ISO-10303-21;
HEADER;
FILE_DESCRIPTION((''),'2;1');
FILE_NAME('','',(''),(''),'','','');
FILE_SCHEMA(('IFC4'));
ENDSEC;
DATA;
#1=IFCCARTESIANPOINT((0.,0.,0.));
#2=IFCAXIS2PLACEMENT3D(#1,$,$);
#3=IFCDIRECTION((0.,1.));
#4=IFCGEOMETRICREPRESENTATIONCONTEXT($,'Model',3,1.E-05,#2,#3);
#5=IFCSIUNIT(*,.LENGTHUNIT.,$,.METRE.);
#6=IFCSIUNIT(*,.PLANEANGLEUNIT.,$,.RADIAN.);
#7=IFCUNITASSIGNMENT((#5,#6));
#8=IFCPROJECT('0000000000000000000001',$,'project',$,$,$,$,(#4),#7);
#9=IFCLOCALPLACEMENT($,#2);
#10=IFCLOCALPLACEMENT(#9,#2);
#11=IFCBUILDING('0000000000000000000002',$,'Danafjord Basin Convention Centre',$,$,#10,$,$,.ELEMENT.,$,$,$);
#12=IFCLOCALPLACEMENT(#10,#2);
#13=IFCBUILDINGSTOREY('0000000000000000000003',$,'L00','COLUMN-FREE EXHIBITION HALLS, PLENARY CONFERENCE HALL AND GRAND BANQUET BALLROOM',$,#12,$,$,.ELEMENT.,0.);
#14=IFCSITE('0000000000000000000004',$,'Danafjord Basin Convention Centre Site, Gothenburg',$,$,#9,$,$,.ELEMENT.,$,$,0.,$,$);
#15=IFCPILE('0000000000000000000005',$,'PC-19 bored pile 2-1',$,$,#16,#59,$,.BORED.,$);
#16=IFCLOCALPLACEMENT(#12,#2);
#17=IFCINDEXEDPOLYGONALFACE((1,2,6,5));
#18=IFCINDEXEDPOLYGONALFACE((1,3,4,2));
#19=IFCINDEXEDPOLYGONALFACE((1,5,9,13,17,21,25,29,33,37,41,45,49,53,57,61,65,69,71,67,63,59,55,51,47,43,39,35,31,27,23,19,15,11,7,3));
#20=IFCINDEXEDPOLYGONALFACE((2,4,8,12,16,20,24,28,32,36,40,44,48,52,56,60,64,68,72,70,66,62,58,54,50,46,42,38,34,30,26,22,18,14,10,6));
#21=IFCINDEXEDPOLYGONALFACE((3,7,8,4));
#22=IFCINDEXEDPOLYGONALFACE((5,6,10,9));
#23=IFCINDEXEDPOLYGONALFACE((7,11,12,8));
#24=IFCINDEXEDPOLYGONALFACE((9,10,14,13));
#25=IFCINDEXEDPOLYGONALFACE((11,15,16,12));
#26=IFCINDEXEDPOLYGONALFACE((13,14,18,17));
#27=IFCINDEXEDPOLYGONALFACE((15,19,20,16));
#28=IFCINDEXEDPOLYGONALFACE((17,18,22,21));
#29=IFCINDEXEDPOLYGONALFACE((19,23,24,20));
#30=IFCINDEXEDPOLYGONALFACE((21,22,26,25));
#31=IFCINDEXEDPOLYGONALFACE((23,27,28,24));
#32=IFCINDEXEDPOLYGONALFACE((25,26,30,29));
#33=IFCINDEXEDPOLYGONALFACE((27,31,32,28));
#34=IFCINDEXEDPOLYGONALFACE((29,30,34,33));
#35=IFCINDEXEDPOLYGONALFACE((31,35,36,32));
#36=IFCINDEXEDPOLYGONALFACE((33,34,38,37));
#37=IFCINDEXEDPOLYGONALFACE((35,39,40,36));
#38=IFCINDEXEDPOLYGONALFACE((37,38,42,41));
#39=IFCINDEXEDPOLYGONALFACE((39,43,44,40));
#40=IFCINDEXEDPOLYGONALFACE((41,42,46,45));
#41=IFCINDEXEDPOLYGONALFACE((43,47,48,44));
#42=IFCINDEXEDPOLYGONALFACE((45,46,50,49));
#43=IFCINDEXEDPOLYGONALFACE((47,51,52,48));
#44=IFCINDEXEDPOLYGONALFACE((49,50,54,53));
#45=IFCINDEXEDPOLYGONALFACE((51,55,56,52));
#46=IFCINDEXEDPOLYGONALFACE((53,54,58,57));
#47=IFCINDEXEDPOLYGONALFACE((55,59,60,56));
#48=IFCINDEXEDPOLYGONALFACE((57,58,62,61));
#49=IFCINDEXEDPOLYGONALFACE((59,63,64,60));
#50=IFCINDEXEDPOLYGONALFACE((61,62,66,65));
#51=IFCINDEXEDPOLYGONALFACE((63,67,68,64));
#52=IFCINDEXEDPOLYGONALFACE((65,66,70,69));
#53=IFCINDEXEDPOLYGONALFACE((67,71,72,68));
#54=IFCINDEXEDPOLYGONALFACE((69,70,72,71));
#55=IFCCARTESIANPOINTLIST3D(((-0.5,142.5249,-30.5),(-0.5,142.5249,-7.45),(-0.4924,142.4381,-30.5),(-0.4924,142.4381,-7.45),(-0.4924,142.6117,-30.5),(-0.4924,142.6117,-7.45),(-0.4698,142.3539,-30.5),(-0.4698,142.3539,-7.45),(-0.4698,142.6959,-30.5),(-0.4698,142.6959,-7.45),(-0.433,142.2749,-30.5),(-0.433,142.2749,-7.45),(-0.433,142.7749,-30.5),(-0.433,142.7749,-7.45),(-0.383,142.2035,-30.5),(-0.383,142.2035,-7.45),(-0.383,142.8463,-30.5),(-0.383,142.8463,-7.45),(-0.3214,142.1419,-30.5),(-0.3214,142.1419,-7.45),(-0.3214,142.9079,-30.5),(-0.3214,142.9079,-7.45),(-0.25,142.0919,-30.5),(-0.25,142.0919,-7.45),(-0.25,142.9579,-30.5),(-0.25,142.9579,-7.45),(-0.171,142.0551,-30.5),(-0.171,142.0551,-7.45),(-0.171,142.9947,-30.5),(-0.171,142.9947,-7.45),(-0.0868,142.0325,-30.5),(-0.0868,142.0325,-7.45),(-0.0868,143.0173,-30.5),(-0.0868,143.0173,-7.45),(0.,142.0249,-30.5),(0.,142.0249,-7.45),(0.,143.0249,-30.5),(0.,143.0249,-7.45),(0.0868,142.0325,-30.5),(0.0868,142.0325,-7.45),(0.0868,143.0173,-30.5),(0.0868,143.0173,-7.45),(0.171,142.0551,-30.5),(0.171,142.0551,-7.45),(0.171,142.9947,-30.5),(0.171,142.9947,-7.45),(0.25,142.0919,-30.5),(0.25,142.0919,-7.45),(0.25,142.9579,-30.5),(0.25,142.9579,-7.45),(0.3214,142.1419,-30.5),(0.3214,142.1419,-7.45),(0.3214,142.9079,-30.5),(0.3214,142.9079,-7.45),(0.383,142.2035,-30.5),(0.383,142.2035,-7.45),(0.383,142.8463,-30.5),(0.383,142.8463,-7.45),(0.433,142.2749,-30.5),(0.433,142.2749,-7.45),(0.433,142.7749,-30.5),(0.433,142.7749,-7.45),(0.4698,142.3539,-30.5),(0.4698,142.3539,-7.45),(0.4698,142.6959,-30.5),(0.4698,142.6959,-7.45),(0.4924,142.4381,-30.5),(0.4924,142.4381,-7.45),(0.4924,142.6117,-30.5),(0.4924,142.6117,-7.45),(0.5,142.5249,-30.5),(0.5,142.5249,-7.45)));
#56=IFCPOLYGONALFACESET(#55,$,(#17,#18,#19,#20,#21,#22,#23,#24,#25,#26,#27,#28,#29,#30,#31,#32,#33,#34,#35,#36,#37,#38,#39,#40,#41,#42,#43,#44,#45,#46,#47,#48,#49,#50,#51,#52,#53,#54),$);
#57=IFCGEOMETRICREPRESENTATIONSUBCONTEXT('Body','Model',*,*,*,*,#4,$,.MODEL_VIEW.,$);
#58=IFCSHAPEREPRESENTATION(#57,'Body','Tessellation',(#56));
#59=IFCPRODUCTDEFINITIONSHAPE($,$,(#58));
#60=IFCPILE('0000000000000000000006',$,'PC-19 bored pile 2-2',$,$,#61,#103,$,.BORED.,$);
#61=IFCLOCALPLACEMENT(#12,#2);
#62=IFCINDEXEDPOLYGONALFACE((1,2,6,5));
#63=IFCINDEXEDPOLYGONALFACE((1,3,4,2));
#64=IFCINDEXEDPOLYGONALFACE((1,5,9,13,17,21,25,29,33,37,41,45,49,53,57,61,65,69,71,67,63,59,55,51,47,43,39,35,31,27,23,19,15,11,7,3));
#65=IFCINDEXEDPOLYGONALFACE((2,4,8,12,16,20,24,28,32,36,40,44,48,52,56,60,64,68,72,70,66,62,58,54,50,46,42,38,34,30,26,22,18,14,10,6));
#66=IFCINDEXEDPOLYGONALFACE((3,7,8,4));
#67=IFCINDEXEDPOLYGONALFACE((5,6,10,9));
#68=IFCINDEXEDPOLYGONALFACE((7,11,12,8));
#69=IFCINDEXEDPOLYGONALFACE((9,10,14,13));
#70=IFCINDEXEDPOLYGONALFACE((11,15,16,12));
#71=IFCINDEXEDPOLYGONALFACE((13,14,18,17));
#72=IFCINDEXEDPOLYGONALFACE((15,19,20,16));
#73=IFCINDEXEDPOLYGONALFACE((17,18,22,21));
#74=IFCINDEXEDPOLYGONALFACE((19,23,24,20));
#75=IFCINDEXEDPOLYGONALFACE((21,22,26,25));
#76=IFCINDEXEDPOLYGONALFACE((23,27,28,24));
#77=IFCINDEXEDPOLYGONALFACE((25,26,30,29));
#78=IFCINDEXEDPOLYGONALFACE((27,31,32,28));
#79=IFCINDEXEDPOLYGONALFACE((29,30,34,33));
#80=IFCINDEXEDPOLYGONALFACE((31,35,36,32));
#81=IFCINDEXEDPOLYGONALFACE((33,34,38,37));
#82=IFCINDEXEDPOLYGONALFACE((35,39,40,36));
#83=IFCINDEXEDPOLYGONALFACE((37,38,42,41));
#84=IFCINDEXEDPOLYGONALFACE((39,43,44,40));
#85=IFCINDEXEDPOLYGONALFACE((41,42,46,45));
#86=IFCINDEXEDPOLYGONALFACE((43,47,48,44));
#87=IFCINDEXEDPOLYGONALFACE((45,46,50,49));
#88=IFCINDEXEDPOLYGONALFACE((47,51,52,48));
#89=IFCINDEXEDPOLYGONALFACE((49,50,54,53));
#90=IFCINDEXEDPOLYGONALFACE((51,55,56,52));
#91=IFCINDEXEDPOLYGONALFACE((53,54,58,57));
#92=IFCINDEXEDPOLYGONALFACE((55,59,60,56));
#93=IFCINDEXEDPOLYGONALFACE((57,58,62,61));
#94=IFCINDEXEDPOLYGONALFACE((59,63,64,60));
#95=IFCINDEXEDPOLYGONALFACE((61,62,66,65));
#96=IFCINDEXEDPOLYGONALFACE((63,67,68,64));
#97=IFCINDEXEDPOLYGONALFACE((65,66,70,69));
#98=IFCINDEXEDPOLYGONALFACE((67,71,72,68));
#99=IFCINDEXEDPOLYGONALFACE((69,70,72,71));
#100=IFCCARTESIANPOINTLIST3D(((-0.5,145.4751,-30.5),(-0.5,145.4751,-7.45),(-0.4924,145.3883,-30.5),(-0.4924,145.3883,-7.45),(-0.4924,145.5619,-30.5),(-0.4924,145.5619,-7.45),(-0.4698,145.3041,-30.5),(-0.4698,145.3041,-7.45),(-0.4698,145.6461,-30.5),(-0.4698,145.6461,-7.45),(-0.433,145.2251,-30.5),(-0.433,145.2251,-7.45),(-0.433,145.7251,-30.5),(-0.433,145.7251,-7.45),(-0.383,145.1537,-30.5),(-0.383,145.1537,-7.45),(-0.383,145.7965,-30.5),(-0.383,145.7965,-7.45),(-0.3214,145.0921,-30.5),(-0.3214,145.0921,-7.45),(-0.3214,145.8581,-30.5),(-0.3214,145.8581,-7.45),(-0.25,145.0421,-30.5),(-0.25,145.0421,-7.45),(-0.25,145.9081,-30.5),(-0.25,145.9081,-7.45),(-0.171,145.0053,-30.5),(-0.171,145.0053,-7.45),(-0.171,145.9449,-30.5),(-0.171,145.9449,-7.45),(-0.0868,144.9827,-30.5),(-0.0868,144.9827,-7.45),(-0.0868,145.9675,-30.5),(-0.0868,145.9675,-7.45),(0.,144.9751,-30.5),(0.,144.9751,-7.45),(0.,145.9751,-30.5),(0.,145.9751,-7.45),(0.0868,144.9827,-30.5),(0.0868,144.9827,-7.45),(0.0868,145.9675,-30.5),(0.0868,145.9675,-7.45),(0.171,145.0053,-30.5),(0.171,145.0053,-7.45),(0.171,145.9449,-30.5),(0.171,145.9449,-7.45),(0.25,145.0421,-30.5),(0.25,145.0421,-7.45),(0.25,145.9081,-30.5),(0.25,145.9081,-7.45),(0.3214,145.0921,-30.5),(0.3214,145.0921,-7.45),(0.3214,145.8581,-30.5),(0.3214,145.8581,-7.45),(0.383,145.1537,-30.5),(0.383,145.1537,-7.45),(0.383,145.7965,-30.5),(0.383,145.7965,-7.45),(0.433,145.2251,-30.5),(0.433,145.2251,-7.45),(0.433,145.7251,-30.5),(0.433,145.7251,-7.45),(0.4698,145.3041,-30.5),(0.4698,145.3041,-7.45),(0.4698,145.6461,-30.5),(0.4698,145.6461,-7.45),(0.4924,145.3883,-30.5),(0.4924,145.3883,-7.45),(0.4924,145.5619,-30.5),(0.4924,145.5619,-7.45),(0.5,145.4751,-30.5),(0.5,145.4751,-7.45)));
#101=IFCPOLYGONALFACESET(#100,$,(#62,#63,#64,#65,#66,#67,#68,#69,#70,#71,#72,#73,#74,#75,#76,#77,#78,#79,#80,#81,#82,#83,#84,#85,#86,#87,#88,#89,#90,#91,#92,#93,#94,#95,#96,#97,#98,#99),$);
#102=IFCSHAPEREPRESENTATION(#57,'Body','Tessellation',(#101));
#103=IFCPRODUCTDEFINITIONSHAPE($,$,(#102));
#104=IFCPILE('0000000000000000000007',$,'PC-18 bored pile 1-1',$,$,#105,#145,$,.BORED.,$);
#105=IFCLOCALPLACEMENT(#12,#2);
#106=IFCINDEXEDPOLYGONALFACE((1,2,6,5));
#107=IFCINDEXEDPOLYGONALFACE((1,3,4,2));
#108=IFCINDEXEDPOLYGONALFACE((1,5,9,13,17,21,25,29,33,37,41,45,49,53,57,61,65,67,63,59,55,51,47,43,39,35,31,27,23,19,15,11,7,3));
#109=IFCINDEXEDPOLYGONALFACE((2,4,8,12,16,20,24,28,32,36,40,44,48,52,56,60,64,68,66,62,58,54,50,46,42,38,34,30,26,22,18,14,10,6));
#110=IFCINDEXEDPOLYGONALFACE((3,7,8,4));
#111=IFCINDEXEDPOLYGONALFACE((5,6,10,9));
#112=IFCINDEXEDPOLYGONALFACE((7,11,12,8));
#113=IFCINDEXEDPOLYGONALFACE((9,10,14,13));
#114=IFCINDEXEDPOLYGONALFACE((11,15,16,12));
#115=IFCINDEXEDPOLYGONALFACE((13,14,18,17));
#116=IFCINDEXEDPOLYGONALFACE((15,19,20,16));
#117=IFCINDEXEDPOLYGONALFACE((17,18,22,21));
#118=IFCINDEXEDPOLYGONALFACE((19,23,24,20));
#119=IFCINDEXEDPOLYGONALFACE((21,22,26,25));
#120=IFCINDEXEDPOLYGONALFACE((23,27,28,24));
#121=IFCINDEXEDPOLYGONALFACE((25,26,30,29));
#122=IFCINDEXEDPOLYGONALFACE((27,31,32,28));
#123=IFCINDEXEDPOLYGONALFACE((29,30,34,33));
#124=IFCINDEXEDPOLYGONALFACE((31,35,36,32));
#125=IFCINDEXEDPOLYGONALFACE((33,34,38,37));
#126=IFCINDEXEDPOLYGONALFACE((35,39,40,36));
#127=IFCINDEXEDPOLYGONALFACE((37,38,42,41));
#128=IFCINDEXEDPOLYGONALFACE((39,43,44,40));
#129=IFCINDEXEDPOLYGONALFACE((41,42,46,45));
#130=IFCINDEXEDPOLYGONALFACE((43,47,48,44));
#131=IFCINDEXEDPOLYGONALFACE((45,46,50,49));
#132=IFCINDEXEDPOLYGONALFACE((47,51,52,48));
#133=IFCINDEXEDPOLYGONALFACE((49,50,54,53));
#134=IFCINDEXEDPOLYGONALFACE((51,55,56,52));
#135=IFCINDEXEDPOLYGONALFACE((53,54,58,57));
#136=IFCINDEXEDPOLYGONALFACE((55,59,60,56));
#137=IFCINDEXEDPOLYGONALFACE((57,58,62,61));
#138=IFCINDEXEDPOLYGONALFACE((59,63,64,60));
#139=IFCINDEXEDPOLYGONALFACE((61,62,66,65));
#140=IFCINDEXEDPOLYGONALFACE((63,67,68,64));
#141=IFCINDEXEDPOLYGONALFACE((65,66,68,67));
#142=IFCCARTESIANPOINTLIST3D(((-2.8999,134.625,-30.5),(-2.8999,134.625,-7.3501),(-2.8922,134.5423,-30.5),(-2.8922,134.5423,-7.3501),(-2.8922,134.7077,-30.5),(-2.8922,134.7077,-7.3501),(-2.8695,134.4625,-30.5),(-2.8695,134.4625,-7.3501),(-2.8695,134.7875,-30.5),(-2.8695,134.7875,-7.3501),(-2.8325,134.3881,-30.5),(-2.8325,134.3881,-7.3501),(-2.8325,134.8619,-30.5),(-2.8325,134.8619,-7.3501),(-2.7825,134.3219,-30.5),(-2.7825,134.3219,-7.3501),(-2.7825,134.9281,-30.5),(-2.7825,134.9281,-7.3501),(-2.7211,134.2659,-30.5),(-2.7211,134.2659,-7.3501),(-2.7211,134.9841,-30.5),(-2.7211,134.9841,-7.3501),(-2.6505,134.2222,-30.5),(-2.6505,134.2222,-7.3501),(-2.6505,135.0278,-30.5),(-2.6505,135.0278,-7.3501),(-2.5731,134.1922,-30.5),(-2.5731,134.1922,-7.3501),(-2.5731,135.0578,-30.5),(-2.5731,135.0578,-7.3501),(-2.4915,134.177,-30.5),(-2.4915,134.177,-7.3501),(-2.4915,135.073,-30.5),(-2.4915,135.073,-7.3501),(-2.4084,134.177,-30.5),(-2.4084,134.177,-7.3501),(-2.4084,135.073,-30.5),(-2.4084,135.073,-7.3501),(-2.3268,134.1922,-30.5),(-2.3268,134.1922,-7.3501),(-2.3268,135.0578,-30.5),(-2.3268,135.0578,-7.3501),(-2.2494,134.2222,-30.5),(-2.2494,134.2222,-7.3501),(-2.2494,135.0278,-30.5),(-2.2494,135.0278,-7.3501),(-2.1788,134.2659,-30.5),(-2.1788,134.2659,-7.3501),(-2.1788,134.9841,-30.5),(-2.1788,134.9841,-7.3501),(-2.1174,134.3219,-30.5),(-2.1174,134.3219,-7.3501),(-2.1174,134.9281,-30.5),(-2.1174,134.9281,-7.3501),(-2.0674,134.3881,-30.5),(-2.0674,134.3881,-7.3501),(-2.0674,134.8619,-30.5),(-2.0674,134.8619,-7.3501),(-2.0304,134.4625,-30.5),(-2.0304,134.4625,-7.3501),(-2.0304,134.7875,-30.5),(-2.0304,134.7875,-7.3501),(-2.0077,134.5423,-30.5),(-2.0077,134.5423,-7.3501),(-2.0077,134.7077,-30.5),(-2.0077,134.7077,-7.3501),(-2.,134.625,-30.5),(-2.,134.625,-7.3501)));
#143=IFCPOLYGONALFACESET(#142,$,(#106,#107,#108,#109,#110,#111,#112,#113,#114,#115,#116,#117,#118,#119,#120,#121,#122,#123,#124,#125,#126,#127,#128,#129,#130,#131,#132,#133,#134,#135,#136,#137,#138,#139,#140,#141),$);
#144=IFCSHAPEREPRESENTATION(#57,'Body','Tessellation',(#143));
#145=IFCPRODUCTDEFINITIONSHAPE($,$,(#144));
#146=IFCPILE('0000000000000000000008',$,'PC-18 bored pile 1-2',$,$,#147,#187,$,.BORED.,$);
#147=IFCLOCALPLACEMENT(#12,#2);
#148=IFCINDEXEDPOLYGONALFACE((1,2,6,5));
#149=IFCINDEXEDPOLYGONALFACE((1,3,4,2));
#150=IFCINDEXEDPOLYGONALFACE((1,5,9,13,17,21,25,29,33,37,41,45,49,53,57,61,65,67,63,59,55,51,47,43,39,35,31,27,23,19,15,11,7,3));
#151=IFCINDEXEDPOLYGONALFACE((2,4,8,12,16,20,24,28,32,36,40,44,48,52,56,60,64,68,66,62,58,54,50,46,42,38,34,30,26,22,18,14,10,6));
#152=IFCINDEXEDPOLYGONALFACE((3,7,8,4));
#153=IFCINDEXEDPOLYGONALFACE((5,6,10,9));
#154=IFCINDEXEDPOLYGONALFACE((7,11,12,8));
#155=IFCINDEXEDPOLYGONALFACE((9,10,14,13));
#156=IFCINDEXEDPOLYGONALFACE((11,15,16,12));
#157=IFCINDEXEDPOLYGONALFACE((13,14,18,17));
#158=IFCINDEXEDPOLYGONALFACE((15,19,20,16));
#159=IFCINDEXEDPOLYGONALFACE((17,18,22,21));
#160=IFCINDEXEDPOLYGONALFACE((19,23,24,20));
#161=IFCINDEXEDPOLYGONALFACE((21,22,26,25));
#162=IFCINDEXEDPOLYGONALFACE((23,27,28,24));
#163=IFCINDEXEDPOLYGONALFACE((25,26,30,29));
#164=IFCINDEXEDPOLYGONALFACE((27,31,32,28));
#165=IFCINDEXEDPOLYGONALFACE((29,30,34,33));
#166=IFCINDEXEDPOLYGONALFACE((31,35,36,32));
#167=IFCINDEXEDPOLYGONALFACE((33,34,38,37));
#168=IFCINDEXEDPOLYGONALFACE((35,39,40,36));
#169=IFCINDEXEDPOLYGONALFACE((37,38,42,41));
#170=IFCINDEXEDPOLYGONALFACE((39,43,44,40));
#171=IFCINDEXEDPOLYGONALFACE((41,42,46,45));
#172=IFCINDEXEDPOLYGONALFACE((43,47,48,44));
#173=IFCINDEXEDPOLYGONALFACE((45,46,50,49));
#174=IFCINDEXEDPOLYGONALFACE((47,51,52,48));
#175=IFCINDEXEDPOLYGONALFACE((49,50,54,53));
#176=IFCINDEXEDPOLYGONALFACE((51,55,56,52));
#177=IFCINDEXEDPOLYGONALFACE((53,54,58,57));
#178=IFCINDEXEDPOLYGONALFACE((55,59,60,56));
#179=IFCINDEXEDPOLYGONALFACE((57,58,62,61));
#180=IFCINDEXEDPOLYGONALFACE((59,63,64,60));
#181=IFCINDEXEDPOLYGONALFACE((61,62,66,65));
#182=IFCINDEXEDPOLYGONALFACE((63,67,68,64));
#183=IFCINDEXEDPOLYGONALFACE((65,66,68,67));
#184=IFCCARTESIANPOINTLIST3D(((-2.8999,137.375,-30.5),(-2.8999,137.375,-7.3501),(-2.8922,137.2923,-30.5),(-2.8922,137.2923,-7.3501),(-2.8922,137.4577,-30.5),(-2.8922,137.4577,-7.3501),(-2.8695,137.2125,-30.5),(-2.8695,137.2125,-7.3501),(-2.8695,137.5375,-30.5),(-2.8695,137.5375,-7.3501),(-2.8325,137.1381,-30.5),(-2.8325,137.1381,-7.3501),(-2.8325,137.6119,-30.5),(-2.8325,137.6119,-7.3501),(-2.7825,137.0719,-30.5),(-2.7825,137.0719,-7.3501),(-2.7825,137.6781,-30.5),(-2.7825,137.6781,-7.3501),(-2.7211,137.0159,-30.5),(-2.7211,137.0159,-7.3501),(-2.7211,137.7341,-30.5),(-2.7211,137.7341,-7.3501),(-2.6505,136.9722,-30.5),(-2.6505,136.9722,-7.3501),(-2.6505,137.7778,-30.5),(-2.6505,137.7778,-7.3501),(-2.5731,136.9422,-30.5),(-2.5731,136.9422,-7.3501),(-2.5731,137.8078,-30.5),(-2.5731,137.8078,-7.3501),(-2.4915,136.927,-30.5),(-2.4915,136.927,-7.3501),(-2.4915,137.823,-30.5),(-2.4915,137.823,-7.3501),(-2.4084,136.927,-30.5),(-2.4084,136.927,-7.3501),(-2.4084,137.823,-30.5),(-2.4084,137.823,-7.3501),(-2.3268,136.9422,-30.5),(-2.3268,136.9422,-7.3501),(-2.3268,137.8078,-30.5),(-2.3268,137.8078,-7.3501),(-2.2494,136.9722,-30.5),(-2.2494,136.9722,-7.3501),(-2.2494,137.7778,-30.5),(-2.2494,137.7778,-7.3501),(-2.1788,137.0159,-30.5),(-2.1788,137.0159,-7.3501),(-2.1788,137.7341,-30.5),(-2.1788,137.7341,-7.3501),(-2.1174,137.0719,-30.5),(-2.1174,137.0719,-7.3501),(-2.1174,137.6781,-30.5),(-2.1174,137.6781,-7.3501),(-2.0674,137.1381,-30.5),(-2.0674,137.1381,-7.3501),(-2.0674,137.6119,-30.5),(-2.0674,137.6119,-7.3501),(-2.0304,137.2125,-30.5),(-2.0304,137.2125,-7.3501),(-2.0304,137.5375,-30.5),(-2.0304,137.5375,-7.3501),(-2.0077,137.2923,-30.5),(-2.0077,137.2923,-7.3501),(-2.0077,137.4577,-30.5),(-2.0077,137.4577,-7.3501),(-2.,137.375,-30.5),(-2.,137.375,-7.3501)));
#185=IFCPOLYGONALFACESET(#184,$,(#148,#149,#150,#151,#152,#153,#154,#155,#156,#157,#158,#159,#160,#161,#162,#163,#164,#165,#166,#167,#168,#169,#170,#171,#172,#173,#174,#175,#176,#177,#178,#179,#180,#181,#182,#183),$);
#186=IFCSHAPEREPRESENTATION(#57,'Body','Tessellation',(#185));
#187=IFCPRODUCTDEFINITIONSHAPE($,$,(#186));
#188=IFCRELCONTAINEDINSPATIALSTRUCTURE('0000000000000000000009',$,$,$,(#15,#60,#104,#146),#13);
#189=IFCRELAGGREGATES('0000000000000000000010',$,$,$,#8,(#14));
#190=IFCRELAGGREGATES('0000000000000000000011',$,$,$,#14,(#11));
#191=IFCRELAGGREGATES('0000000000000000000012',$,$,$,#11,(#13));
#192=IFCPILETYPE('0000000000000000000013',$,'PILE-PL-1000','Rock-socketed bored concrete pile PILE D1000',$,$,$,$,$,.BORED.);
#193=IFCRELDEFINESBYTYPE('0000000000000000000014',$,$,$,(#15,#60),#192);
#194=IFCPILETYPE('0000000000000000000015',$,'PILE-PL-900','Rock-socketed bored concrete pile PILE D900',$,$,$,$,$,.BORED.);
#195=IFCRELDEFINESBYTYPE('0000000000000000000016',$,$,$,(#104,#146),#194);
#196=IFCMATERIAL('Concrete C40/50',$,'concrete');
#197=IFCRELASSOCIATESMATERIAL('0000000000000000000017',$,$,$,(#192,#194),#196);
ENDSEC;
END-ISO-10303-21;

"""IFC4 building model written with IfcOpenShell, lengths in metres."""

from ifc_helpers import new_model, si_unit, direction, frame, origin, origin_2d, place, context, subcontext, project, spatial, circle, extrude, material, material_profile, profile_set, type_object, element, save


model = new_model("IFC4")

# Units and contexts
model_context = context("Model", 3, precision=1e-05, world=origin(), true_north=direction((0.0, 1.0)))
body_context = subcontext(model_context, "Body", "Model", "MODEL_VIEW")
ifc_project = project(units=[si_unit("LENGTHUNIT", "METRE"), si_unit("PLANEANGLEUNIT", "RADIAN")], contexts=[model_context])

# Site, building, storey
site_placement = place(None, origin())
site = spatial("IfcSite", under=ifc_project, at=site_placement, Name="Danafjord Basin Convention Centre Site, Gothenburg", CompositionType="ELEMENT", RefElevation=0.0)
building_placement = place(site_placement, origin())
building = spatial("IfcBuilding", under=site, at=building_placement, Name="Danafjord Basin Convention Centre", CompositionType="ELEMENT")
storey_placement = place(building_placement, origin())
storey = spatial("IfcBuildingStorey", under=building, at=storey_placement, Name="L00", Description="COLUMN-FREE EXHIBITION HALLS, PLENARY CONFERENCE HALL AND GRAND BANQUET BALLROOM", CompositionType="ELEMENT", Elevation=0.0)

# Shared definitions
ifc_material_1 = material(Name="Concrete C40/50", Category="concrete")

# Piles
ifc_material_profile_1 = material_profile(ifc_material_1, circle(Radius=0.5, at=origin_2d()), Name="PILE D1000")
ifc_profile_set_1 = profile_set([ifc_material_profile_1], Name="Concrete C40/50")
pile_type_1 = type_object("IfcPileType", Name="PILE-PL-1000", Description="Rock-socketed bored concrete pile PILE D1000", PredefinedType="BORED", material=ifc_profile_set_1)
for number, where, z_axis, x_axis, name in (
    (1, (0.0, 142.5249, -7.45), (0.0, 0.0, -1.0), (1.0, 0.0, 0.0), "PC-19 bored pile 2-1"),
    (2, (0.0, 145.4751, -7.45), (0.0, 0.0, -1.0), (1.0, 0.0, 0.0), "PC-19 bored pile 2-2"),
):
    element("IfcPile", number, at=place(storey_placement, frame(where, z_axis=z_axis, x_axis=x_axis)), inside=storey, type_object=pile_type_1, Name=name, PredefinedType="BORED", context=body_context, shape_type="SweptSolid", body=[
        extrude(circle(Radius=0.5, at=origin_2d()), origin(), (0.0, 0.0, 1.0), 23.05),
    ])
ifc_material_profile_2 = material_profile(ifc_material_1, circle(Radius=0.45, at=origin_2d()), Name="PILE D900")
ifc_profile_set_2 = profile_set([ifc_material_profile_2], Name="Concrete C40/50")
pile_type_2 = type_object("IfcPileType", Name="PILE-PL-900", Description="Rock-socketed bored concrete pile PILE D900", PredefinedType="BORED", material=ifc_profile_set_2)
for number, where, z_axis, x_axis, name in (
    (3, (-2.45, 134.625, -7.3501), (0.0, 0.0, -1.0), (1.0, 0.0, 0.0), "PC-18 bored pile 1-1"),
    (4, (-2.45, 137.375, -7.3501), (0.0, 0.0, -1.0), (1.0, 0.0, 0.0), "PC-18 bored pile 1-2"),
):
    element("IfcPile", number, at=place(storey_placement, frame(where, z_axis=z_axis, x_axis=x_axis)), inside=storey, type_object=pile_type_2, Name=name, PredefinedType="BORED", context=body_context, shape_type="SweptSolid", body=[
        extrude(circle(Radius=0.45, at=origin_2d()), origin(), (0.0, 0.0, 1.0), 23.1499),
    ])

save(model, "model.ifc")
